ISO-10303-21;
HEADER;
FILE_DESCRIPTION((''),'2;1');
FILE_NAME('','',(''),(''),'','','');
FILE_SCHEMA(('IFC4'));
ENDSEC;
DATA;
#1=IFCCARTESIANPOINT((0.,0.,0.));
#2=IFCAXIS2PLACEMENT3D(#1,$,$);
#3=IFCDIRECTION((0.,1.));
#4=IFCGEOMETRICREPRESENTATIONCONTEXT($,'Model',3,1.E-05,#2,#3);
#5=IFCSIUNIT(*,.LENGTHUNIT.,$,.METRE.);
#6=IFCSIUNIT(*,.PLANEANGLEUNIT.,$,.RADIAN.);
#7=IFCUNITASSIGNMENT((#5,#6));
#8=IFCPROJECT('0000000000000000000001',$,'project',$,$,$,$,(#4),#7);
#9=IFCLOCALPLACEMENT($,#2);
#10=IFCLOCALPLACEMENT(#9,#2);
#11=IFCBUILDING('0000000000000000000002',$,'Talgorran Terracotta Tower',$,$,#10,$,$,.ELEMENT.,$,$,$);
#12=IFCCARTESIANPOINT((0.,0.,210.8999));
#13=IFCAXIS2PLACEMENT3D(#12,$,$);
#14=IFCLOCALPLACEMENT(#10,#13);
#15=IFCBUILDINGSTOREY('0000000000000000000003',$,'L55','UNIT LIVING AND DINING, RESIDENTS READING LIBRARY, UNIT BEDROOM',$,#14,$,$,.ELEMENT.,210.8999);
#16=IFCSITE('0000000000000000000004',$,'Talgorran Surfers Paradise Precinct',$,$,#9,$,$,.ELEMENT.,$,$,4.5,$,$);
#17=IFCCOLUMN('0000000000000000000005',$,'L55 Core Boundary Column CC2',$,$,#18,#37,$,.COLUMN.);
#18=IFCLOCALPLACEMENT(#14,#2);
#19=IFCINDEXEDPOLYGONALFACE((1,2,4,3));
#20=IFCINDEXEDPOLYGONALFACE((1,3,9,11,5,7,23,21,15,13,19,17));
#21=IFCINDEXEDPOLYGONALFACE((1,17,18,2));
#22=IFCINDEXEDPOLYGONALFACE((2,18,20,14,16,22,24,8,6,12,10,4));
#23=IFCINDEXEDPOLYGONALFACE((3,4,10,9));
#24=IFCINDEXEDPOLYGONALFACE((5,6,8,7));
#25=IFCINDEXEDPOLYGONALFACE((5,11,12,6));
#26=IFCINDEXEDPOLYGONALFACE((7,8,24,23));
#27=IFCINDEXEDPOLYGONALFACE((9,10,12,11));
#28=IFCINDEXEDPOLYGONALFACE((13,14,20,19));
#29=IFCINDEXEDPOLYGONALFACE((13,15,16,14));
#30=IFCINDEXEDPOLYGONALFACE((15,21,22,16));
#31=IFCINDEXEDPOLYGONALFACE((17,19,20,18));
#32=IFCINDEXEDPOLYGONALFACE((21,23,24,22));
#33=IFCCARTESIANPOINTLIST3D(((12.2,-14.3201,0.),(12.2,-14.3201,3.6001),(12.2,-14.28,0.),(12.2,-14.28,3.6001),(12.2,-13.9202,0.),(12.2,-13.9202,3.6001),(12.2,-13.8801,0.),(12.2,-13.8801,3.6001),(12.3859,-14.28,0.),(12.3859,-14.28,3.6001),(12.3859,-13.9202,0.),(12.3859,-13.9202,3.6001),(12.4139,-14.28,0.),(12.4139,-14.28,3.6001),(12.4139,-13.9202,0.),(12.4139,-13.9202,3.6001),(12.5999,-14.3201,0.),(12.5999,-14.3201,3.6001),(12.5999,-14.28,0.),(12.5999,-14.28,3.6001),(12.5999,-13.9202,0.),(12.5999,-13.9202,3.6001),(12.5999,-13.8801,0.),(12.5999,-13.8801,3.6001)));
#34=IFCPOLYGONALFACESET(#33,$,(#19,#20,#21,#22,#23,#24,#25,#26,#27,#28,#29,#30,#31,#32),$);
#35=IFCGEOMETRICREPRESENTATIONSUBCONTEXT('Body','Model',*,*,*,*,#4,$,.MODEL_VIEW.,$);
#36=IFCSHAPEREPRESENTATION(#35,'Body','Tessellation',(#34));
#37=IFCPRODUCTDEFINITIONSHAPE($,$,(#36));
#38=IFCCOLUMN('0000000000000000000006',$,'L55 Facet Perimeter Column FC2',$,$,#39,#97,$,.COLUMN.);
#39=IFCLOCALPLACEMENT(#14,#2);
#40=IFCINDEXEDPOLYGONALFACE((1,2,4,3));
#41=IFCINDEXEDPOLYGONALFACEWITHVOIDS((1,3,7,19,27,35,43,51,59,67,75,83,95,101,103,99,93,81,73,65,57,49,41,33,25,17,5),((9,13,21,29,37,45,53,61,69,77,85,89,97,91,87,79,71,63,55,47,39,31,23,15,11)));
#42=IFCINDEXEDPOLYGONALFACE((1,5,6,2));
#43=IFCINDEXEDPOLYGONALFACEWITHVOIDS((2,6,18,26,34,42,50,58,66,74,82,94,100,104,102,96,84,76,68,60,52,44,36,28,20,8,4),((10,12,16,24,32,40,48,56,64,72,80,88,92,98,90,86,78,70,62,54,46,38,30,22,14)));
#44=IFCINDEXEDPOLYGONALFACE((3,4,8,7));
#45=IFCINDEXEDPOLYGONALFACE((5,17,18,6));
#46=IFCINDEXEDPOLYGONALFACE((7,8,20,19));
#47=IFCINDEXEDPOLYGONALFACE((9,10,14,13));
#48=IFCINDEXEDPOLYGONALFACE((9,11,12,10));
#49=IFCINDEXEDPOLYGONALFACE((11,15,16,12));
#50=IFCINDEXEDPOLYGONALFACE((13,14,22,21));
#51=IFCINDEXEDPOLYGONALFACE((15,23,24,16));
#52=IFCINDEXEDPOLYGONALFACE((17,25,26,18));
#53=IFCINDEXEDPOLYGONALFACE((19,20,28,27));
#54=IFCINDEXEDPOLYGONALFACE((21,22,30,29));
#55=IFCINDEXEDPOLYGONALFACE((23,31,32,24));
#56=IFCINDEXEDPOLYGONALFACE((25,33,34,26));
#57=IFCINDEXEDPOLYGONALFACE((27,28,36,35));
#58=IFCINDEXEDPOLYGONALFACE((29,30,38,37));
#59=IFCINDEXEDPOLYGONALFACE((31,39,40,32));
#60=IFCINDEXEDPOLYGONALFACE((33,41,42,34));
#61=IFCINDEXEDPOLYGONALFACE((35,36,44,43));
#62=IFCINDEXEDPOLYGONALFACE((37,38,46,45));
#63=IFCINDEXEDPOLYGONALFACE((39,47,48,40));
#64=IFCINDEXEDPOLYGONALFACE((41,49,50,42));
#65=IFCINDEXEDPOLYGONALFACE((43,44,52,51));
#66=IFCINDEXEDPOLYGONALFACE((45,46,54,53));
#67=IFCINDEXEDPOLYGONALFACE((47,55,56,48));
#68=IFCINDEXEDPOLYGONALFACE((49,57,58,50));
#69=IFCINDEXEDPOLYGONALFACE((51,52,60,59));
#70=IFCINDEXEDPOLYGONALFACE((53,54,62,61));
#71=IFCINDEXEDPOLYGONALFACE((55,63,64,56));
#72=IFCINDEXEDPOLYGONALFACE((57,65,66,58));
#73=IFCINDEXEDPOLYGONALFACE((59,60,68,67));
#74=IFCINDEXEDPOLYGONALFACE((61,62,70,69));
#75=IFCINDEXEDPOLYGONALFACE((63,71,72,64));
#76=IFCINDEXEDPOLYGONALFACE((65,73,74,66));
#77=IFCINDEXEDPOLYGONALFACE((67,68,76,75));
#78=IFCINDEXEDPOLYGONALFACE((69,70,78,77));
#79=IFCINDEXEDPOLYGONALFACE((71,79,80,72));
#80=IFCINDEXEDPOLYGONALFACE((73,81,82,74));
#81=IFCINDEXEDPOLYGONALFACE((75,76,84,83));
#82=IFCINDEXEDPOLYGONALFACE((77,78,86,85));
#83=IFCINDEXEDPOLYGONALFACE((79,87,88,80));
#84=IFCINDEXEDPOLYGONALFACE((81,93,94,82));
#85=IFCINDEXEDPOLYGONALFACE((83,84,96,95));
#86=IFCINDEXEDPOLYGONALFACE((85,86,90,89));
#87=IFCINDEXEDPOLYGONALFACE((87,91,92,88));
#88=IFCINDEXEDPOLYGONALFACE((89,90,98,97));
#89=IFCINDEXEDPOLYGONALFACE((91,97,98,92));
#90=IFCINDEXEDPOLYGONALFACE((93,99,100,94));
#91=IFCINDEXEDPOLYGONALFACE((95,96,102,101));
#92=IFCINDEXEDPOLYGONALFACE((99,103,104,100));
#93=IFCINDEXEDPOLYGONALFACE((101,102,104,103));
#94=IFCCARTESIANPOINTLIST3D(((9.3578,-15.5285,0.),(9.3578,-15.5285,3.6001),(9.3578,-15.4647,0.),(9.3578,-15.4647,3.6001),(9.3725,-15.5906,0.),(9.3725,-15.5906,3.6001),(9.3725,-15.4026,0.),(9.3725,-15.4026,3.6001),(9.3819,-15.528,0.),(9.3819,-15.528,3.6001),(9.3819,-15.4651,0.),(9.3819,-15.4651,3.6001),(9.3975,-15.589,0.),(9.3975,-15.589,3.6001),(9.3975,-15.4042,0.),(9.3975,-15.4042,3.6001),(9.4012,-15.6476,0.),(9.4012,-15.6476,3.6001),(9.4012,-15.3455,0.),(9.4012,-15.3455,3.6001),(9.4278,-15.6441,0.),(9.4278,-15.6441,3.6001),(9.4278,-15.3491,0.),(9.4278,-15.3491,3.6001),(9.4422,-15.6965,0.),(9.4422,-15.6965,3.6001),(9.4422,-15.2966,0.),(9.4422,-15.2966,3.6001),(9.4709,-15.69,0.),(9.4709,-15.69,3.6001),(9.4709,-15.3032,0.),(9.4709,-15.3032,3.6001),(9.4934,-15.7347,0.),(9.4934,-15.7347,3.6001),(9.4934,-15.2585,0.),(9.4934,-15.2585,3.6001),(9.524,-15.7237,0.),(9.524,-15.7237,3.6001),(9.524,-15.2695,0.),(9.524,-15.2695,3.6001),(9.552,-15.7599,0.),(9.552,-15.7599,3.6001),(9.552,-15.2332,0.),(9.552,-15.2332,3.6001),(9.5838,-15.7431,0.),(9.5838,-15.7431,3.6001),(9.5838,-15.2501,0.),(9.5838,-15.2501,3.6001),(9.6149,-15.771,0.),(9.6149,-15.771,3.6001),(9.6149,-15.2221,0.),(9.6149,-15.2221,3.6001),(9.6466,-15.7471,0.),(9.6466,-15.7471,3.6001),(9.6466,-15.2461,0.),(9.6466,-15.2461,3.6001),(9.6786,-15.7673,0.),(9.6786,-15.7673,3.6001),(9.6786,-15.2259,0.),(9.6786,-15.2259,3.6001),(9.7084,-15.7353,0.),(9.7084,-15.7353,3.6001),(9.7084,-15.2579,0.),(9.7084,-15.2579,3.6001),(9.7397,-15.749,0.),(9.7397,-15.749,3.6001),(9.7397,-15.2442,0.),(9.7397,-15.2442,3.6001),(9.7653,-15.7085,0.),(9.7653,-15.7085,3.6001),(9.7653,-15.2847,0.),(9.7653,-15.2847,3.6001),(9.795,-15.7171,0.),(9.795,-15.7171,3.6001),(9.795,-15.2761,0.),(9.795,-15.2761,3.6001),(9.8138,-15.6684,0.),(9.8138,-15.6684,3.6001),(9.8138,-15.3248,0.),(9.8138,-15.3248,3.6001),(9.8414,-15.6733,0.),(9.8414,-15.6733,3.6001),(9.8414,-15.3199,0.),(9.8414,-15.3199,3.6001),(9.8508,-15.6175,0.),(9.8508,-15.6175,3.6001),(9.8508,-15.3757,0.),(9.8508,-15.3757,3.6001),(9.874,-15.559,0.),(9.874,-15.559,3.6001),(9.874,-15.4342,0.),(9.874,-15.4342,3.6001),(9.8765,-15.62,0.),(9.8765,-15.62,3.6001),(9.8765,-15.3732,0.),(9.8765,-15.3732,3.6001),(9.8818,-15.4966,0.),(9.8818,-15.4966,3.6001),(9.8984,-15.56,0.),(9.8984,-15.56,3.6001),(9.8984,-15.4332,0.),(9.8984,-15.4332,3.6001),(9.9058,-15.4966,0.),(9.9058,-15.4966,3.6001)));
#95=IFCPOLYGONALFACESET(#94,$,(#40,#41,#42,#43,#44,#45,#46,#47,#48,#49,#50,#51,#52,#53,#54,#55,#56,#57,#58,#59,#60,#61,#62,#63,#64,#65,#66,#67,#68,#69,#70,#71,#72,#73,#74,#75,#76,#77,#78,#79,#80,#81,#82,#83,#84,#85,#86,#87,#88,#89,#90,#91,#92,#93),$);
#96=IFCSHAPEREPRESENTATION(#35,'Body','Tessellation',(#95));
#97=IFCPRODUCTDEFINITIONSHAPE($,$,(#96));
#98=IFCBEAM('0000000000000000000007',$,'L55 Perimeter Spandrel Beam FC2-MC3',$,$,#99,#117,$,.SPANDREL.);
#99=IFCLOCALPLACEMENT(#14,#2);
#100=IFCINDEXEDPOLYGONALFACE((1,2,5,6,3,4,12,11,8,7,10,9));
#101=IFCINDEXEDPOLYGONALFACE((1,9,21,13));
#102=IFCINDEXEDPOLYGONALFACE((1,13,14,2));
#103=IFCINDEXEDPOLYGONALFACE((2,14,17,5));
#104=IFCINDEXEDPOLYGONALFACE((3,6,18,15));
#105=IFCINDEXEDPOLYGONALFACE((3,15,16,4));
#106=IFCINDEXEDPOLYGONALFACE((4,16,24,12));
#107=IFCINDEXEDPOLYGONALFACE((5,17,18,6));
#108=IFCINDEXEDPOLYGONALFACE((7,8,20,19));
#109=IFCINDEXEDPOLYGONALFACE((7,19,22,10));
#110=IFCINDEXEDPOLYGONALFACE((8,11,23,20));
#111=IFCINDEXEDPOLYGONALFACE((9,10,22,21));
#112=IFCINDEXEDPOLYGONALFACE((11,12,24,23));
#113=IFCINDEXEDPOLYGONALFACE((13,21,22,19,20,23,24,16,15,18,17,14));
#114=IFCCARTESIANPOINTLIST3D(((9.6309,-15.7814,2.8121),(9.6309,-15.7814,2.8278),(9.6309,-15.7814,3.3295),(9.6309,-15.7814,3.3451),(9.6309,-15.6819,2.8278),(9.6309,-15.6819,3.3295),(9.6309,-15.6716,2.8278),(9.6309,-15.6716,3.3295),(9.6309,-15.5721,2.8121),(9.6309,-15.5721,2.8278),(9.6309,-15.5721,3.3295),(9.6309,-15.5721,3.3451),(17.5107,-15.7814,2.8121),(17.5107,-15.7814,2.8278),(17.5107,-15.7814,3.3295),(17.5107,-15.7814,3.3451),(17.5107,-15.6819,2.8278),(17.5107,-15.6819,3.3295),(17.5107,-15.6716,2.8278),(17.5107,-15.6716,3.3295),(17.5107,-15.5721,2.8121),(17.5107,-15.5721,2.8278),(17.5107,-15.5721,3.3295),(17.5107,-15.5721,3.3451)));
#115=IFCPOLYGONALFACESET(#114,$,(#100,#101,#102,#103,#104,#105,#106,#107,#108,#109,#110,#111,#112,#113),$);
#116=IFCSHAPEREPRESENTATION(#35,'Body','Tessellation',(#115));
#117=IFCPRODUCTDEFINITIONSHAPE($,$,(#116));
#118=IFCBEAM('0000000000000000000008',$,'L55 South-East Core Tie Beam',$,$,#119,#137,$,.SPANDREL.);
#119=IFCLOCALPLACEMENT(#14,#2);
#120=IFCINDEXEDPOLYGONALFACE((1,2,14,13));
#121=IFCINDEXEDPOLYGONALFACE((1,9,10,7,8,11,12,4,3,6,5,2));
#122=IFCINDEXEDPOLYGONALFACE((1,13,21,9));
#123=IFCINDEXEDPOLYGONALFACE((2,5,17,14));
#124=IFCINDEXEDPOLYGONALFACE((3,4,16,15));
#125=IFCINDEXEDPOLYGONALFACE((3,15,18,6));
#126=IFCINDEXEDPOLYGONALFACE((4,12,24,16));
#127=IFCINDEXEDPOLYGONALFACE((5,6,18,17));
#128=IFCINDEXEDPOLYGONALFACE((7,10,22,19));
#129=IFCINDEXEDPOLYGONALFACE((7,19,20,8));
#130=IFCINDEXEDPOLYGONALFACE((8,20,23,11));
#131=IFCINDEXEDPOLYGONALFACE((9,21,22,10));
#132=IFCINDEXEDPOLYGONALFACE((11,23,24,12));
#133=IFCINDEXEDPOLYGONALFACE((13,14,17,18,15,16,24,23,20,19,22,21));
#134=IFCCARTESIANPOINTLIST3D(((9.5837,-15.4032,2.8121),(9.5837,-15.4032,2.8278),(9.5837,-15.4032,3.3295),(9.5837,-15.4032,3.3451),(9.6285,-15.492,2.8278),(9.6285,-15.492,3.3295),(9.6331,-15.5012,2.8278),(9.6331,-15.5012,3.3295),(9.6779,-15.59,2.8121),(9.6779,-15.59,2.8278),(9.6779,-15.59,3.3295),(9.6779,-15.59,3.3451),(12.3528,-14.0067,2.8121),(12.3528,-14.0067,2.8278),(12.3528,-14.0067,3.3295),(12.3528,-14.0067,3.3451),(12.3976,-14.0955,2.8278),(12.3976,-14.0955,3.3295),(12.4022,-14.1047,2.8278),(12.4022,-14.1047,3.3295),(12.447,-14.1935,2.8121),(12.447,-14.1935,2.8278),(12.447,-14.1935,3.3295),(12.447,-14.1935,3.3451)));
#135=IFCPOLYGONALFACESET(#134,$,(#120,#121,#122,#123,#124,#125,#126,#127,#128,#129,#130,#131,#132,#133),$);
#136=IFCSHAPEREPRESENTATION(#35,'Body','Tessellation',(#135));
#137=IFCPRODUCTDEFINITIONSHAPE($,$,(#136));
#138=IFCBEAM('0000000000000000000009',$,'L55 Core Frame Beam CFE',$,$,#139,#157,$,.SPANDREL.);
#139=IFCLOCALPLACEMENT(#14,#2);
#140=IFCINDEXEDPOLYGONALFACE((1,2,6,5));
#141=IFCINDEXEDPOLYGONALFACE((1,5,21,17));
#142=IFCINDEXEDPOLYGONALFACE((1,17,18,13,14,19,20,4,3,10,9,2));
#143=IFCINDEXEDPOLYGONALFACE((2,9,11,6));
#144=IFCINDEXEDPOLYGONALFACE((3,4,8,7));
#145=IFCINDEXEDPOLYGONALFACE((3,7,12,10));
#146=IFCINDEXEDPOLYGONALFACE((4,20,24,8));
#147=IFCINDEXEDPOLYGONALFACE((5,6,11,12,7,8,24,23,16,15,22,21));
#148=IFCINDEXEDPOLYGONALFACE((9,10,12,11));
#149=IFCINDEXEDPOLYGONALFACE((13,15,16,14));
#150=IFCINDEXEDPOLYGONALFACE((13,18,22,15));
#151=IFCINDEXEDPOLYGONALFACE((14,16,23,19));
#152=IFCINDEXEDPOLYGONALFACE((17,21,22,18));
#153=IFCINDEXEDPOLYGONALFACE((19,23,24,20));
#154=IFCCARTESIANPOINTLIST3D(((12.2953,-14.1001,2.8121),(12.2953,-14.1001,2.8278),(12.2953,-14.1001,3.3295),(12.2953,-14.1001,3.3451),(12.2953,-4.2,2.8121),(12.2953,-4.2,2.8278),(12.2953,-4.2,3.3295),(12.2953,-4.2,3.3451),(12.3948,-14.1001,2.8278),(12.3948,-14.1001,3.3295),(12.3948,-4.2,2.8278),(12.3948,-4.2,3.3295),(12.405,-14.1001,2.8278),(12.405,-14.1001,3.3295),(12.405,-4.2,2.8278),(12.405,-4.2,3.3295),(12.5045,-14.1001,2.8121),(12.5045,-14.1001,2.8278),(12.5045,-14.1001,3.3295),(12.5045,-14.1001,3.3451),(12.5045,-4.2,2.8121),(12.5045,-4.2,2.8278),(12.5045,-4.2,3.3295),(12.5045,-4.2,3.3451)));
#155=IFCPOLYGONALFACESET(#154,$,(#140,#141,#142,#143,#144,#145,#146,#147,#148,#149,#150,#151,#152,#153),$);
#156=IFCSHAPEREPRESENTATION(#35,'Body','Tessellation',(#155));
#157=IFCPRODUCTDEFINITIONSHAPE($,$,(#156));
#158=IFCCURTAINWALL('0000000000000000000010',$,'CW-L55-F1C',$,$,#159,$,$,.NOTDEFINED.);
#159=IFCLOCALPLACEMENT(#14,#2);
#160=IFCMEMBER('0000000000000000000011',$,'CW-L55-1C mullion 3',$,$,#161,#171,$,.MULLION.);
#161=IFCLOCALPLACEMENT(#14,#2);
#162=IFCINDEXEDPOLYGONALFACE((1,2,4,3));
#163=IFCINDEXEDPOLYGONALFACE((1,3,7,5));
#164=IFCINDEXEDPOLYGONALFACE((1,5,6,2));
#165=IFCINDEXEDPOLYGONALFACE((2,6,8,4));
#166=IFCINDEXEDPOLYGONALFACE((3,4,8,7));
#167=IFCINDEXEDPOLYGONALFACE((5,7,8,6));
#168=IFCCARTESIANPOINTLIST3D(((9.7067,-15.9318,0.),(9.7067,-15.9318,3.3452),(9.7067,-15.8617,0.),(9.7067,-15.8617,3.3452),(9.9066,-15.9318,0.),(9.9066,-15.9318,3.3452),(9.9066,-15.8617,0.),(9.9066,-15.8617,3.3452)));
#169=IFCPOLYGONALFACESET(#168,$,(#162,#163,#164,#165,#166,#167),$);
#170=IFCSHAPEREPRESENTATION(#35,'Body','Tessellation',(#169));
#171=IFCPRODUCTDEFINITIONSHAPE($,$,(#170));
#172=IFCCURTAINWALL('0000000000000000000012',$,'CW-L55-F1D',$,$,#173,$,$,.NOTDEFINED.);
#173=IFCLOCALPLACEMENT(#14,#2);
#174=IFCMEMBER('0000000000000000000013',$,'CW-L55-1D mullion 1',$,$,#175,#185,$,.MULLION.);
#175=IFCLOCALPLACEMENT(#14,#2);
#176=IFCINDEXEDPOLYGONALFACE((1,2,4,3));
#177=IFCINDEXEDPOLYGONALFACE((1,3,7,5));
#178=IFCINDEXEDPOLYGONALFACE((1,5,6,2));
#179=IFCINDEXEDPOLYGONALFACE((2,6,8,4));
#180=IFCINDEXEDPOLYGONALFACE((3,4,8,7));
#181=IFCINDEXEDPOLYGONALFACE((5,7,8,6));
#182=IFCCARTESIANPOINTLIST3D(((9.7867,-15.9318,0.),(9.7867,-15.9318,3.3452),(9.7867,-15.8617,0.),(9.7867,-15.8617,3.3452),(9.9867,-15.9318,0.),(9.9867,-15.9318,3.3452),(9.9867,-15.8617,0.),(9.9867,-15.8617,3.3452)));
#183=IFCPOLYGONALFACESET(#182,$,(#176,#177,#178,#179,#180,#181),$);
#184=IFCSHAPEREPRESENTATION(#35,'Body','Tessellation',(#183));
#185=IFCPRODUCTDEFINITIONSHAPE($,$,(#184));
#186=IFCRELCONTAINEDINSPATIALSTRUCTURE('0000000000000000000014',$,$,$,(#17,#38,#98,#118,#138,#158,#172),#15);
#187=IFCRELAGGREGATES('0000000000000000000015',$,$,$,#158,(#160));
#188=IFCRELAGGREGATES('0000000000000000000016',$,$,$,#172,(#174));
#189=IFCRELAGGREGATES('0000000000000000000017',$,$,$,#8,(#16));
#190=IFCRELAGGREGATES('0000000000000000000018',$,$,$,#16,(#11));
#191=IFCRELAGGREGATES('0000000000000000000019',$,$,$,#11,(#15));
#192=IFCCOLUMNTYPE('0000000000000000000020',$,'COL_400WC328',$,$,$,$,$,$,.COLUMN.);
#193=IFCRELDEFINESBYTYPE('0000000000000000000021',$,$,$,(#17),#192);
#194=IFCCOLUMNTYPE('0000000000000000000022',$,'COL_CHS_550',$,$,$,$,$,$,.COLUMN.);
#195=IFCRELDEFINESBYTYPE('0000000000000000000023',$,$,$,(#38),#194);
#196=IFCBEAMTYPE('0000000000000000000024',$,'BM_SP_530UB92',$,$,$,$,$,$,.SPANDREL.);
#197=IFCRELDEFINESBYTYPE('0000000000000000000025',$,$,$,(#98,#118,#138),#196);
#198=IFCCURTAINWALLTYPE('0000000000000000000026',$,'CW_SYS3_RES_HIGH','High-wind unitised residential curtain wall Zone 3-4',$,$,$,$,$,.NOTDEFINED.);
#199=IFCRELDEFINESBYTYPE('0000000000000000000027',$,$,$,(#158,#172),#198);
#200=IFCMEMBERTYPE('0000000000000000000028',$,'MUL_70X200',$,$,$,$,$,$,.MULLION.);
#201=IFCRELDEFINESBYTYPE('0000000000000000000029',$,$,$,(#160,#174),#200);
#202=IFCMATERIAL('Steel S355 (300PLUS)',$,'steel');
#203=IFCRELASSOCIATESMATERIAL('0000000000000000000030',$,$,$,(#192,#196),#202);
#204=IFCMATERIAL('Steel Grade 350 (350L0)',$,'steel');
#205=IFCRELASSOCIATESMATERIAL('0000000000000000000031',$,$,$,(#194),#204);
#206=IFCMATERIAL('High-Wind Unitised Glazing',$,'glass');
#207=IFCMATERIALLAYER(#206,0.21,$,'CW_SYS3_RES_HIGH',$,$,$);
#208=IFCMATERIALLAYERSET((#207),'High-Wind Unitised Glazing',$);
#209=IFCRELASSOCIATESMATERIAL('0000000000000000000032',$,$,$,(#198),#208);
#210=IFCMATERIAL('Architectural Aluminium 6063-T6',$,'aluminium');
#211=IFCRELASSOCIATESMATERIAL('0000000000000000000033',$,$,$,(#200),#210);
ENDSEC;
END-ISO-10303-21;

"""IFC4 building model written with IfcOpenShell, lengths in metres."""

from ifc_helpers import new_model, si_unit, direction, frame, origin, origin_2d, place, context, subcontext, project, spatial, rectangle, hollow_circle, i_section, extrude, material, layer, layer_set, material_profile, profile_set, type_object, element, aggregate, save


model = new_model("IFC4")

# Units and contexts
model_context = context("Model", 3, precision=1e-05, world=origin(), true_north=direction((0.0, 1.0)))
body_context = subcontext(model_context, "Body", "Model", "MODEL_VIEW")
ifc_project = project(units=[si_unit("LENGTHUNIT", "METRE"), si_unit("PLANEANGLEUNIT", "RADIAN")], contexts=[model_context])

# Site, building, storey
site_placement = place(None, origin())
site = spatial("IfcSite", under=ifc_project, at=site_placement, Name="Talgorran Surfers Paradise Precinct", CompositionType="ELEMENT", RefElevation=4.5)
building_placement = place(site_placement, origin())
building = spatial("IfcBuilding", under=site, at=building_placement, Name="Talgorran Terracotta Tower", CompositionType="ELEMENT")
storey_placement = place(building_placement, frame((0.0, 0.0, 210.8999)))
storey = spatial("IfcBuildingStorey", under=building, at=storey_placement, Name="L55", Description="UNIT LIVING AND DINING, RESIDENTS READING LIBRARY, UNIT BEDROOM", CompositionType="ELEMENT", Elevation=210.8999)

# Columns
ifc_material_1 = material(Name="Steel S355 (300PLUS)", Category="steel")
ifc_material_profile_1 = material_profile(ifc_material_1, i_section(OverallWidth=0.3999, OverallDepth=0.4399, WebThickness=0.0281, FlangeThickness=0.04, at=origin_2d()), Name="400WC328")
ifc_profile_set_1 = profile_set([ifc_material_profile_1], Name="Steel S355 (300PLUS)")
column_type_1 = type_object("IfcColumnType", Name="COL_400WC328", PredefinedType="COLUMN", material=ifc_profile_set_1)
column_1_placement = place(storey_placement, frame((12.3999, -14.1001, 0.0), z_axis=(0.0, 0.0, 1.0), x_axis=(1.0, 0.0, 0.0)))
element("IfcColumn", 1, at=column_1_placement, inside=storey, type_object=column_type_1, Name="L55 Core Boundary Column CC2", PredefinedType="COLUMN", context=body_context, shape_type="SweptSolid", body=[
    extrude(i_section(OverallWidth=0.3999, OverallDepth=0.4399, WebThickness=0.0281, FlangeThickness=0.04, at=origin_2d()), origin(), (0.0, 0.0, 1.0), 3.6001),
])
ifc_material_2 = material(Name="Steel Grade 350 (350L0)", Category="steel")
ifc_material_profile_2 = material_profile(ifc_material_2, hollow_circle(Radius=0.2749, WallThickness=0.0239, at=origin_2d()), Name="CHS550X24")
ifc_profile_set_2 = profile_set([ifc_material_profile_2], Name="Steel Grade 350 (350L0)")
column_type_2 = type_object("IfcColumnType", Name="COL_CHS_550", PredefinedType="COLUMN", material=ifc_profile_set_2)
column_2_placement = place(storey_placement, frame((9.6309, -15.4966, 0.0), z_axis=(0.0, 0.0, 1.0), x_axis=(1.0, 0.0, 0.0)))
element("IfcColumn", 2, at=column_2_placement, inside=storey, type_object=column_type_2, Name="L55 Facet Perimeter Column FC2", PredefinedType="COLUMN", context=body_context, shape_type="SweptSolid", body=[
    extrude(hollow_circle(Radius=0.2749, WallThickness=0.0239, at=origin_2d()), origin(), (0.0, 0.0, 1.0), 3.6001),
])

# Beams
ifc_material_profile_3 = material_profile(ifc_material_1, i_section(OverallWidth=0.2092, OverallDepth=0.533, WebThickness=0.0103, FlangeThickness=0.0156, at=origin_2d()), Name="530UB92.4")
ifc_profile_set_3 = profile_set([ifc_material_profile_3], Name="Steel S355 (300PLUS)")
beam_type = type_object("IfcBeamType", Name="BM_SP_530UB92", PredefinedType="SPANDREL", material=ifc_profile_set_3)
beam_1_placement = place(storey_placement, frame((9.6309, -15.6768, 3.0786), z_axis=(1.0, 0.0, 0.0), x_axis=(0.0, 1.0, 0.0)))
element("IfcBeam", 3, at=beam_1_placement, inside=storey, type_object=beam_type, Name="L55 Perimeter Spandrel Beam FC2-MC3", PredefinedType="SPANDREL", context=body_context, shape_type="SweptSolid", body=[
    extrude(i_section(OverallWidth=0.2092, OverallDepth=0.533, WebThickness=0.0103, FlangeThickness=0.0156, at=origin_2d()), origin(), (0.0, 0.0, 1.0), 7.8799),
])
beam_2_placement = place(storey_placement, frame((12.3999, -14.1001, 3.0786), z_axis=(-0.892879, -0.450297, 0.0), x_axis=(0.450297, -0.892879, 0.0)))
element("IfcBeam", 4, at=beam_2_placement, inside=storey, type_object=beam_type, Name="L55 South-East Core Tie Beam", PredefinedType="SPANDREL", context=body_context, shape_type="SweptSolid", body=[
    extrude(i_section(OverallWidth=0.2092, OverallDepth=0.533, WebThickness=0.0103, FlangeThickness=0.0156, at=origin_2d()), origin(), (0.0, 0.0, 1.0), 3.1013),
])
beam_3_placement = place(storey_placement, frame((12.3999, -14.1001, 3.0786), z_axis=(0.0, 1.0, 0.0), x_axis=(-1.0, 0.0, 0.0)))
element("IfcBeam", 5, at=beam_3_placement, inside=storey, type_object=beam_type, Name="L55 Core Frame Beam CFE", PredefinedType="SPANDREL", context=body_context, shape_type="SweptSolid", body=[
    extrude(i_section(OverallWidth=0.2092, OverallDepth=0.533, WebThickness=0.0103, FlangeThickness=0.0156, at=origin_2d()), origin(), (0.0, 0.0, 1.0), 9.9001),
])

# Curtain wall, member
ifc_material_3 = material(Name="High-Wind Unitised Glazing", Category="glass")
ifc_layer_1 = layer(ifc_material_3, 0.21, Name="CW_SYS3_RES_HIGH")
ifc_layer_set_1 = layer_set([ifc_layer_1], Name="High-Wind Unitised Glazing")
curtain_wall_type = type_object("IfcCurtainWallType", Name="CW_SYS3_RES_HIGH", Description="High-wind unitised residential curtain wall Zone 3-4", PredefinedType="NOTDEFINED", material=ifc_layer_set_1)
curtain_wall_1_placement = place(storey_placement, origin())
curtain_wall_1 = element("IfcCurtainWall", 6, at=curtain_wall_1_placement, inside=storey, type_object=curtain_wall_type, Name="CW-L55-F1C", PredefinedType="NOTDEFINED")
ifc_material_4 = material(Name="Architectural Aluminium 6063-T6", Category="aluminium")
ifc_material_profile_4 = material_profile(ifc_material_4, rectangle(XDim=0.0701, YDim=0.2, at=origin_2d()), Name="CWM70X200")
ifc_profile_set_4 = profile_set([ifc_material_profile_4], Name="Architectural Aluminium 6063-T6")
member_type_1 = type_object("IfcMemberType", Name="MUL_70X200", PredefinedType="MULLION", material=ifc_profile_set_4)
member_1_placement = place(storey_placement, frame((9.8066, -15.8967, 0.0), z_axis=(0.0, 0.0, 1.0), x_axis=(0.0, 1.0, 0.0)))
member_1 = element("IfcMember", 7, at=member_1_placement, type_object=member_type_1, Name="CW-L55-1C mullion 3", PredefinedType="MULLION", context=body_context, shape_type="SweptSolid", body=[
    extrude(rectangle(XDim=0.0701, YDim=0.2, at=origin_2d()), origin(), (0.0, 0.0, 1.0), 3.3452),
])
aggregate(curtain_wall_1, [member_1])

# Curtain wall, member
curtain_wall_2_placement = place(storey_placement, origin())
curtain_wall_2 = element("IfcCurtainWall", 8, at=curtain_wall_2_placement, inside=storey, type_object=curtain_wall_type, Name="CW-L55-F1D", PredefinedType="NOTDEFINED")
member_2_placement = place(storey_placement, frame((9.8867, -15.8967, 0.0), z_axis=(0.0, 0.0, 1.0), x_axis=(0.0, 1.0, 0.0)))
member_2 = element("IfcMember", 9, at=member_2_placement, type_object=member_type_1, Name="CW-L55-1D mullion 1", PredefinedType="MULLION", context=body_context, shape_type="SweptSolid", body=[
    extrude(rectangle(XDim=0.0701, YDim=0.2, at=origin_2d()), origin(), (0.0, 0.0, 1.0), 3.3452),
])

aggregate(curtain_wall_2, [member_2])

save(model, "model.ifc")
